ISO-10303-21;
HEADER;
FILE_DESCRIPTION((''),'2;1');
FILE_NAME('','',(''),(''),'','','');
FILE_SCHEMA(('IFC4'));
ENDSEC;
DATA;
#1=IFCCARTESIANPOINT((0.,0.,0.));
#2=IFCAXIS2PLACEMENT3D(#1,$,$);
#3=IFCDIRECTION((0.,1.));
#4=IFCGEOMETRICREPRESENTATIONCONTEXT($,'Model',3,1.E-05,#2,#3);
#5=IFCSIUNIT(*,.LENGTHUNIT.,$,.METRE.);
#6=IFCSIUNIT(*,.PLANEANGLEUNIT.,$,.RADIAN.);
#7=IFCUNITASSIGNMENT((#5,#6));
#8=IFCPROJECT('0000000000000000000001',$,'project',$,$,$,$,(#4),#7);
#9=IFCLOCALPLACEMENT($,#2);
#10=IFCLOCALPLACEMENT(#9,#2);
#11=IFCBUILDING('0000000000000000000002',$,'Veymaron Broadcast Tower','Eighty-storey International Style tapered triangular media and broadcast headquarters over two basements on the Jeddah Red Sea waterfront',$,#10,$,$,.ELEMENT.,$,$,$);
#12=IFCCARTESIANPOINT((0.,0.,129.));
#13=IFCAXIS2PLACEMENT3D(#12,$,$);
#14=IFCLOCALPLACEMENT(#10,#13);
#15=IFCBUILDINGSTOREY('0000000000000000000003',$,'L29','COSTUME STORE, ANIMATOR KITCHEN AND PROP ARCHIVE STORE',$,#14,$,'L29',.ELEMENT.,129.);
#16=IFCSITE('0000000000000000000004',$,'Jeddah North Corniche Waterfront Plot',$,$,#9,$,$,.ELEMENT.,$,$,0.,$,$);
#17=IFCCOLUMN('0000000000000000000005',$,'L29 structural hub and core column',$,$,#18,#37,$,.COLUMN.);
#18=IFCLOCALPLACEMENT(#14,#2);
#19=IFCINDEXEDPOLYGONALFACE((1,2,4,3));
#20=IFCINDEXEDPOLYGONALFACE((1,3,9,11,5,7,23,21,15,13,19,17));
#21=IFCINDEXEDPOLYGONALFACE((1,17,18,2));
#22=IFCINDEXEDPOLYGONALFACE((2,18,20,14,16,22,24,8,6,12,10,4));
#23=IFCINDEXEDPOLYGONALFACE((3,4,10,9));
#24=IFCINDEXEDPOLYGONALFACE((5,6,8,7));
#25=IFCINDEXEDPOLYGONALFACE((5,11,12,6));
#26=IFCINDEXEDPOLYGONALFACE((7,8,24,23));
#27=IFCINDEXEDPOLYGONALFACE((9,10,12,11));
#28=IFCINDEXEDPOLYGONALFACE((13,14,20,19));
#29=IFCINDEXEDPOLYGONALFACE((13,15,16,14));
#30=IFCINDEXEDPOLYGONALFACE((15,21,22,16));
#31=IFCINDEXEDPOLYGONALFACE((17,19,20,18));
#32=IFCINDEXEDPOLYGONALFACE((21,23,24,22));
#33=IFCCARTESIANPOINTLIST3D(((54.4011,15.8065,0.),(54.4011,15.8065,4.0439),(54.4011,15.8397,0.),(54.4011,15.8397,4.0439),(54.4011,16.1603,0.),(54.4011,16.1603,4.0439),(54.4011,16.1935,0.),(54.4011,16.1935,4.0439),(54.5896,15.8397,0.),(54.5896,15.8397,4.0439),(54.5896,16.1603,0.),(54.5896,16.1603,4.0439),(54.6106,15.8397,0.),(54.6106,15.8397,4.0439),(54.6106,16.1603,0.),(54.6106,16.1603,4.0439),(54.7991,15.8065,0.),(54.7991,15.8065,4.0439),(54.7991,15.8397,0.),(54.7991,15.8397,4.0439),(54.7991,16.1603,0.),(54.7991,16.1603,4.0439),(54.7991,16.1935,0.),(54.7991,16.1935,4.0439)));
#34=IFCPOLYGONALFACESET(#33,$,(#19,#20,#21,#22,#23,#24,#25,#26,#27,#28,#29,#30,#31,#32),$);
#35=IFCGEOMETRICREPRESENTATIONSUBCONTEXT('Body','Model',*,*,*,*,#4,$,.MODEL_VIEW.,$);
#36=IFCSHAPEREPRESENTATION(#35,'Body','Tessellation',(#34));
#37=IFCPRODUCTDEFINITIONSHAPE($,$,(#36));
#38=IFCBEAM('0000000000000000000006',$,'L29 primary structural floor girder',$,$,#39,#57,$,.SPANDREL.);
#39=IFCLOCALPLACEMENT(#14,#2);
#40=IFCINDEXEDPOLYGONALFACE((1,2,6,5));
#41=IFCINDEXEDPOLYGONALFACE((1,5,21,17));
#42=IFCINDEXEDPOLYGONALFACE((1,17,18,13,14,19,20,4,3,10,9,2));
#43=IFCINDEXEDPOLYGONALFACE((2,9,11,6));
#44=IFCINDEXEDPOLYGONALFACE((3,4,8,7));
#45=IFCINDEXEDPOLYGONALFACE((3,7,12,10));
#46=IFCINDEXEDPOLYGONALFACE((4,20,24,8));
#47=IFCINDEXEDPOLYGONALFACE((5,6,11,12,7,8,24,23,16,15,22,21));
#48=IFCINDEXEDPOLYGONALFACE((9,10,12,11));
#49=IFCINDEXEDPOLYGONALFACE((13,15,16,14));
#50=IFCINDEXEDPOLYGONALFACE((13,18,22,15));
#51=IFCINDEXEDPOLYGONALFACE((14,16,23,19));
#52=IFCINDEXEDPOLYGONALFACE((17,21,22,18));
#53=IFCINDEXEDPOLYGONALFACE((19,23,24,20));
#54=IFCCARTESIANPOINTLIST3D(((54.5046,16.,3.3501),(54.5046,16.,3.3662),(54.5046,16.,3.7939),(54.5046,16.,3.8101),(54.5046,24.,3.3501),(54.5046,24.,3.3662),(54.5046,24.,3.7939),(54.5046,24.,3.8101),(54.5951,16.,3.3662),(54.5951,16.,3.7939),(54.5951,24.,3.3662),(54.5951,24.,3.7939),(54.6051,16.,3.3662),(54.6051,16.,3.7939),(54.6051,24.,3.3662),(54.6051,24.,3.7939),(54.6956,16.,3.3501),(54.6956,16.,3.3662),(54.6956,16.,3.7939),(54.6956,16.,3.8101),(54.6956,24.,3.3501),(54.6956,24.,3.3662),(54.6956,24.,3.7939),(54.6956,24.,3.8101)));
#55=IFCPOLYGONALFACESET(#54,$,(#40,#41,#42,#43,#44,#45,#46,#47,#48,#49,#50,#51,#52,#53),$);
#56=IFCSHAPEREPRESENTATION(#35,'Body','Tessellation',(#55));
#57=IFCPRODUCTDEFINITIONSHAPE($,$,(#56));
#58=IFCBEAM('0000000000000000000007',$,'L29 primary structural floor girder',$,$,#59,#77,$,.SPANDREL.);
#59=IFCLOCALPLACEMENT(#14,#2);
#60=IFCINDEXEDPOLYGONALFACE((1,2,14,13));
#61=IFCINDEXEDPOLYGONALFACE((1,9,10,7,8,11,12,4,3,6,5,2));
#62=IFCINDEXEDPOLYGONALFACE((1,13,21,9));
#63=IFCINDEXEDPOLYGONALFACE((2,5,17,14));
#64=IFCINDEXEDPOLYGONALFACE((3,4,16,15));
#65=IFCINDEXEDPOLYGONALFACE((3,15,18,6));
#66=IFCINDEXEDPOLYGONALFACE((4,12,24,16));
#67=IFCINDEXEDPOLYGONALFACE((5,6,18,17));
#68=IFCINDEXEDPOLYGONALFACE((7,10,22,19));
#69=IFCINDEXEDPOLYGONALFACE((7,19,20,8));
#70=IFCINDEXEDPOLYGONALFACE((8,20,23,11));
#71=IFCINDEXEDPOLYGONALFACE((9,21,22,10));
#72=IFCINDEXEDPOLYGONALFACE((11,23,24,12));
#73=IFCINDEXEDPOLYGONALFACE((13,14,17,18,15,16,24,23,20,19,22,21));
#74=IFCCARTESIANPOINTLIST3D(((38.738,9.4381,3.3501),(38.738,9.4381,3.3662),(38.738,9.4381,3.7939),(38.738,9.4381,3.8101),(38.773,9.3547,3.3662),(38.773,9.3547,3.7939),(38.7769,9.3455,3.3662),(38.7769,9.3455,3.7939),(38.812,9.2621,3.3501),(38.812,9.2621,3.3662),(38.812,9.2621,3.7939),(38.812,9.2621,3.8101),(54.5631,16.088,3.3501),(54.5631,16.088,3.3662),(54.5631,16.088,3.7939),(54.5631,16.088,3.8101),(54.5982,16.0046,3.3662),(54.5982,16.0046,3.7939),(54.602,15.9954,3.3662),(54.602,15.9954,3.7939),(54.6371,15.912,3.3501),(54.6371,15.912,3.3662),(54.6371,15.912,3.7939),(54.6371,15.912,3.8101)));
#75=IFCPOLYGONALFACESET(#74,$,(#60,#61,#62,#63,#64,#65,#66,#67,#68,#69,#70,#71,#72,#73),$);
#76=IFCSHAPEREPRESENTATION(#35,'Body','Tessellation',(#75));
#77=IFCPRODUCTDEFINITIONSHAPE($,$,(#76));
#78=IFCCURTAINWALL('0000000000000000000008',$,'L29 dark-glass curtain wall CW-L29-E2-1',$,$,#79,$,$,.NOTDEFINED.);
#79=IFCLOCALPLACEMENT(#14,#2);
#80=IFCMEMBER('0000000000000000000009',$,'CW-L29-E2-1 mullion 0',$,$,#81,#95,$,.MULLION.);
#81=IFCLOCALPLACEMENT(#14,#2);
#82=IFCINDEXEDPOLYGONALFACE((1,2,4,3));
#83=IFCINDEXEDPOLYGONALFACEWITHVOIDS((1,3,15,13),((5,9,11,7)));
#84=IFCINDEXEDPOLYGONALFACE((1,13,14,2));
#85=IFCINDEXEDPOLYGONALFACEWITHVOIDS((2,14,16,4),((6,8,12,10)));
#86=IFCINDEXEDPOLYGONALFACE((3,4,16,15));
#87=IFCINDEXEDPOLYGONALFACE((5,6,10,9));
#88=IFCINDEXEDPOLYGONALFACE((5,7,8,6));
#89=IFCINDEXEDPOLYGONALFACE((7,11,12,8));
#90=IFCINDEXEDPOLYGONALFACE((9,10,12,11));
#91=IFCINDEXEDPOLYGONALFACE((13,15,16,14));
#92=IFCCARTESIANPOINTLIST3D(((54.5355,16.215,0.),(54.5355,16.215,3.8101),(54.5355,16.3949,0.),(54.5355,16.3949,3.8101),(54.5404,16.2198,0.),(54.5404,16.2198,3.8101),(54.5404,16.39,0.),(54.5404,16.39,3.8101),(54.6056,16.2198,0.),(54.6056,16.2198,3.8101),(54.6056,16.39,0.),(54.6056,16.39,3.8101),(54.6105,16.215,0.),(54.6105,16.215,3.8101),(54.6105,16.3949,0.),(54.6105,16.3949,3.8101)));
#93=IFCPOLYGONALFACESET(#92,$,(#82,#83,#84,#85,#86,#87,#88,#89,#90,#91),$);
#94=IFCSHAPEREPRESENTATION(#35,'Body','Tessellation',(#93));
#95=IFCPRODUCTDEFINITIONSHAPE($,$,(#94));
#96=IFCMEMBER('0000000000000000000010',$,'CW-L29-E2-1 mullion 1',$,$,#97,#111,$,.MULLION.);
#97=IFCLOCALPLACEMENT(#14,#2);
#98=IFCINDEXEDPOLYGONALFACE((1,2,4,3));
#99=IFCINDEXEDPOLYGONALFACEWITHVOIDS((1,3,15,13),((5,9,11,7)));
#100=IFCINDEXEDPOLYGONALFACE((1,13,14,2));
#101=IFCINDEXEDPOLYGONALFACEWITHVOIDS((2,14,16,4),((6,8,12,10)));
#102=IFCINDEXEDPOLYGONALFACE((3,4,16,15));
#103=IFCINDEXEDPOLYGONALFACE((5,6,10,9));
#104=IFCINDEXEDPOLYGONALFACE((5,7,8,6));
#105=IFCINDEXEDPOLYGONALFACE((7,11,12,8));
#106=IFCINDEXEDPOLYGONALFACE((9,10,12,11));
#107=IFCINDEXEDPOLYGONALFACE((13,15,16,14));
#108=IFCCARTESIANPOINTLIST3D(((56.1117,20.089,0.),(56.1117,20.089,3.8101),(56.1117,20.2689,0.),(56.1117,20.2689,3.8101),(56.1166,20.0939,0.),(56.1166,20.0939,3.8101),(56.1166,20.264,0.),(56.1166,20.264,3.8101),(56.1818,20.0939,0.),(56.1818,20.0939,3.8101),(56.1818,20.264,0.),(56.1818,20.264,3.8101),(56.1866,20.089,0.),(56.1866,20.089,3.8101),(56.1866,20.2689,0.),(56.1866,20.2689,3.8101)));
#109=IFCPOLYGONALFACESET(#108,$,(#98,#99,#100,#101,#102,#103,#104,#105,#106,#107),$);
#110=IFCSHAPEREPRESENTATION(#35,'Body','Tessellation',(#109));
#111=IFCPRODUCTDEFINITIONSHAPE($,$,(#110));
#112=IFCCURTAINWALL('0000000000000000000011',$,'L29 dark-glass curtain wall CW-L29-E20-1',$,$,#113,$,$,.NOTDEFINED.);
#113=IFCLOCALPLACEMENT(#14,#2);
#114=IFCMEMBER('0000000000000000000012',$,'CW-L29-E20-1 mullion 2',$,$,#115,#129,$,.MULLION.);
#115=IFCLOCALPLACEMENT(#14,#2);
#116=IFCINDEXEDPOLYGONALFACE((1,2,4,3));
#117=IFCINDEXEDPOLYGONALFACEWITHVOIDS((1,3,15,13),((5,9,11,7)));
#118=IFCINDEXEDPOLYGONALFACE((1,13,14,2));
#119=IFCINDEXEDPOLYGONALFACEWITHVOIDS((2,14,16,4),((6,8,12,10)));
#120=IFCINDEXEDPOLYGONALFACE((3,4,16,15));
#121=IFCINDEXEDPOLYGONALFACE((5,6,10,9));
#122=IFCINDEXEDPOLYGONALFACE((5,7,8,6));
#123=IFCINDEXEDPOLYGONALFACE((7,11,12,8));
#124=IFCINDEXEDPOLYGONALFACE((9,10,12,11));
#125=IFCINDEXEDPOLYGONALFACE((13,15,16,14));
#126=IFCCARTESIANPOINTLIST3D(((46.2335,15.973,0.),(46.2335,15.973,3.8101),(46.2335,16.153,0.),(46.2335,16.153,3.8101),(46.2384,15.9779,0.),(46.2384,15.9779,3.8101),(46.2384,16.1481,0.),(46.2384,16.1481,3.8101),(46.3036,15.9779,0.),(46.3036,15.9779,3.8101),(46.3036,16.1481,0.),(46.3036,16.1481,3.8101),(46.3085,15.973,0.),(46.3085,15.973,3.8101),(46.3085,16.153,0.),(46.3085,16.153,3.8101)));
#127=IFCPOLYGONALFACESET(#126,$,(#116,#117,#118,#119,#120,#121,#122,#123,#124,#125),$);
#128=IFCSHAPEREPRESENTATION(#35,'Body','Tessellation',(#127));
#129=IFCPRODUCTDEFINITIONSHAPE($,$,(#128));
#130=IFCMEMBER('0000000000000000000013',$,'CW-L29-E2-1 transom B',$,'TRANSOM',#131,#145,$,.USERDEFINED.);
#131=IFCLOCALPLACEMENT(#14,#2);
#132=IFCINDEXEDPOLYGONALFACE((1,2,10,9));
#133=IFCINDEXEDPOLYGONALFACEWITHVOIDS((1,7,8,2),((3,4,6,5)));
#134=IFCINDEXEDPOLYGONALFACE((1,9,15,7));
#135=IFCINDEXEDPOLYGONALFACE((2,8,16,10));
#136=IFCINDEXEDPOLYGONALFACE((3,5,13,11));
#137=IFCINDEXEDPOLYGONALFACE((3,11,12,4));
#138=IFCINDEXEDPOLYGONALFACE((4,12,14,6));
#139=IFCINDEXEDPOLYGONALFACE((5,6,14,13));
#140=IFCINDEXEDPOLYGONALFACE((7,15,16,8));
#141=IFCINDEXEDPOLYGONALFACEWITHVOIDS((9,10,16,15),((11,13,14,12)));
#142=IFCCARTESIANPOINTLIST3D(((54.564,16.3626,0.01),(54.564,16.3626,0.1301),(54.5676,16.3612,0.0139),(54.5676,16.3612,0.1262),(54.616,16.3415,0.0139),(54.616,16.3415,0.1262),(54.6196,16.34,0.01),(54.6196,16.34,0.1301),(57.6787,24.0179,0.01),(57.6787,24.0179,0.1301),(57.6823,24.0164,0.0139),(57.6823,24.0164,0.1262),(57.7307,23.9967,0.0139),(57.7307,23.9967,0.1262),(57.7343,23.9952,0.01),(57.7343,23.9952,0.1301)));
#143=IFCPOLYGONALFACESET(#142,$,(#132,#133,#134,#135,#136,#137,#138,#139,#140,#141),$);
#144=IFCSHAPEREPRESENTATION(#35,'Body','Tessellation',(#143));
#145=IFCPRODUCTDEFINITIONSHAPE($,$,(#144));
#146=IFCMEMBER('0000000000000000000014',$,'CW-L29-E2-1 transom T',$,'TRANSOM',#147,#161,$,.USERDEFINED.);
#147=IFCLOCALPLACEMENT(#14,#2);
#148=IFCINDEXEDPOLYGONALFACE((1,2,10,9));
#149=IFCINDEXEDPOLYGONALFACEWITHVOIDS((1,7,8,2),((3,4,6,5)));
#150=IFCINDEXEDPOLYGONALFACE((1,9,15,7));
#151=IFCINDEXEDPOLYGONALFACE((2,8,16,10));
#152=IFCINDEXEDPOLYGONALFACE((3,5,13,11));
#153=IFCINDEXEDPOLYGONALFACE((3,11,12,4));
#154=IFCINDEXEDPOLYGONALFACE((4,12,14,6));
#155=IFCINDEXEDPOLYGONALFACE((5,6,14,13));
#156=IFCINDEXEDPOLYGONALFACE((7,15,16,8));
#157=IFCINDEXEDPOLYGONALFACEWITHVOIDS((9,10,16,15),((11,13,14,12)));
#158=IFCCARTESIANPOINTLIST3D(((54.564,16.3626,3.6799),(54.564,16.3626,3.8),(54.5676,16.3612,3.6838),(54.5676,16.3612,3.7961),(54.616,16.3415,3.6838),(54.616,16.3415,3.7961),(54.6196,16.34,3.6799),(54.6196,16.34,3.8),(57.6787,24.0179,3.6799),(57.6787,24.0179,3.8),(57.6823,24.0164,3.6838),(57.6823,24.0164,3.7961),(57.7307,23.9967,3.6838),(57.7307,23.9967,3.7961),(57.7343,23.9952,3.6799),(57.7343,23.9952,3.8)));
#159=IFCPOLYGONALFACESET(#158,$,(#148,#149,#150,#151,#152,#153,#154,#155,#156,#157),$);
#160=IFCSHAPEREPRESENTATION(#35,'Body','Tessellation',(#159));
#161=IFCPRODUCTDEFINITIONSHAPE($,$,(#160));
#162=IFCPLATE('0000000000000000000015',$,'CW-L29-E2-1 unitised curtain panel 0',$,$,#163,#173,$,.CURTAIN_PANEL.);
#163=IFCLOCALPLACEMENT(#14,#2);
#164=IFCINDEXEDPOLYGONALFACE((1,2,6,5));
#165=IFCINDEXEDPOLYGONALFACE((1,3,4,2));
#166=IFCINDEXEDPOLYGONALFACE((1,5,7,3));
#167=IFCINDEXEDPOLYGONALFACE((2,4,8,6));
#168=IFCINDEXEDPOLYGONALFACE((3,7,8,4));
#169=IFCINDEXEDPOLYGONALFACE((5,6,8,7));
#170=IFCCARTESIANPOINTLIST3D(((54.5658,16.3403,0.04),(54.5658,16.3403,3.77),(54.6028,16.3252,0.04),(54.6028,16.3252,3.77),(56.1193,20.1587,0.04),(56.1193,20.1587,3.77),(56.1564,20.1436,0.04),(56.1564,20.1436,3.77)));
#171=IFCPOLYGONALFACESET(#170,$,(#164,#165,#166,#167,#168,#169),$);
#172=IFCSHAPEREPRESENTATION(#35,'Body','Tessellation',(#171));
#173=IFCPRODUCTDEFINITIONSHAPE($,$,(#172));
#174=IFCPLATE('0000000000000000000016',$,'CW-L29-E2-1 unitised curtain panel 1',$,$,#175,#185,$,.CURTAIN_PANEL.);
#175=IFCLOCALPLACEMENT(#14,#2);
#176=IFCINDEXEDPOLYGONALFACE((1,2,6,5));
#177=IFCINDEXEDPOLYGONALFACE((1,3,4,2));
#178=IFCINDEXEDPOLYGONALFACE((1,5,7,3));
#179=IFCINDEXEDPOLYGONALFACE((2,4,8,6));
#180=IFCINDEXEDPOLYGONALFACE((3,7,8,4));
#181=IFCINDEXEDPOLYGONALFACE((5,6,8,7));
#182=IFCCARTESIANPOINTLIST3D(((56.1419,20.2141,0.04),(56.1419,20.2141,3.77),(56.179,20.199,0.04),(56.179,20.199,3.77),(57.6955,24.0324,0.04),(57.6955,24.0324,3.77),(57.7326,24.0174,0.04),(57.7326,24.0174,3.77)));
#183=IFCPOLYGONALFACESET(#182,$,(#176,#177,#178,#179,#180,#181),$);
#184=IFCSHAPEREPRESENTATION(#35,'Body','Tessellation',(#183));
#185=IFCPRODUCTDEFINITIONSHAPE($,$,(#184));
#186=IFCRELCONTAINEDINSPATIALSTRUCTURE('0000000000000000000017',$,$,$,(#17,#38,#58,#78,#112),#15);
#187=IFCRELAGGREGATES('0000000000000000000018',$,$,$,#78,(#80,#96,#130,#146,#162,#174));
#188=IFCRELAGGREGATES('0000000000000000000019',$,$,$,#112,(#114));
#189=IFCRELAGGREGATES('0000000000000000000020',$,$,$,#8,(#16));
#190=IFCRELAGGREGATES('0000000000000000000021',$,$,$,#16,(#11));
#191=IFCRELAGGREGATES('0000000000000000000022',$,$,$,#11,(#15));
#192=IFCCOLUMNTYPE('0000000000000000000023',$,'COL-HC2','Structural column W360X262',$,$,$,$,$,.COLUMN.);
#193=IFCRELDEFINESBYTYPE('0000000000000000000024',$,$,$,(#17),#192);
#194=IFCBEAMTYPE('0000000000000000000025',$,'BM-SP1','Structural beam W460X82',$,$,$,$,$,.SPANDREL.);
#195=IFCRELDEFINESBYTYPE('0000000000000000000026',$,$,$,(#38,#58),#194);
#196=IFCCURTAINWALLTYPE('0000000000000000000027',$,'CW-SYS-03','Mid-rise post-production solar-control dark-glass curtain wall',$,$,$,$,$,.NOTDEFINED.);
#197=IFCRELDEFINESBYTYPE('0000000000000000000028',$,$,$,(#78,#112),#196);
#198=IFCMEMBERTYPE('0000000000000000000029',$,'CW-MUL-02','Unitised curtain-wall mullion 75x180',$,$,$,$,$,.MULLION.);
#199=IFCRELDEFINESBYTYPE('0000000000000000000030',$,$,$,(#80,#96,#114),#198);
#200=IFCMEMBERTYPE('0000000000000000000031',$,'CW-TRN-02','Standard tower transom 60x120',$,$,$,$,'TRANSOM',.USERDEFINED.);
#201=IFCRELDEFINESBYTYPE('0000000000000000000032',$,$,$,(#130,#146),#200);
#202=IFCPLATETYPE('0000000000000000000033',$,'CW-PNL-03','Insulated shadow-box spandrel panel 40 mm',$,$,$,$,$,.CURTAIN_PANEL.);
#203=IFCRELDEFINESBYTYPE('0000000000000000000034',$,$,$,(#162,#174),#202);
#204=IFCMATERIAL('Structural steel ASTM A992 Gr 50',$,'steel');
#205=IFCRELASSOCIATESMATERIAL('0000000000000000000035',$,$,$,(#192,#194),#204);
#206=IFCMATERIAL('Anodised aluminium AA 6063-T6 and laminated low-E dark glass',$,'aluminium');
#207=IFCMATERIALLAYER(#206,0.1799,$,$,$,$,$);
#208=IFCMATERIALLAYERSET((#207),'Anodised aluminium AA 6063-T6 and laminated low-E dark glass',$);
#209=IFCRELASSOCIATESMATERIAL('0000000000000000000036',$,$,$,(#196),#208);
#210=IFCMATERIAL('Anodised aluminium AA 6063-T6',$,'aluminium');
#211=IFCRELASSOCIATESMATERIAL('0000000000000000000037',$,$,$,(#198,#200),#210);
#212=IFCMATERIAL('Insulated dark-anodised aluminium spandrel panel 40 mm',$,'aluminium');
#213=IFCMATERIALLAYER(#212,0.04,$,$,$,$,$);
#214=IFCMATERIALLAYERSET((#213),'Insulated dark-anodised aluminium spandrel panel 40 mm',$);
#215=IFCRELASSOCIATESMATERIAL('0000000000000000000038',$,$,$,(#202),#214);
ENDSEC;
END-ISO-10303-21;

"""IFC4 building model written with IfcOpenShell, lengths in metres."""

from ifc_helpers import new_model, si_unit, direction, frame, origin, origin_2d, place, context, subcontext, project, spatial, rectangle, hollow_rectangle, i_section, extrude, material, layer, layer_set, material_profile, profile_set, type_object, element, aggregate, save


model = new_model("IFC4")

# Units and contexts
model_context = context("Model", 3, precision=1e-05, world=origin(), true_north=direction((0.0, 1.0)))
body_context = subcontext(model_context, "Body", "Model", "MODEL_VIEW")
ifc_project = project(units=[si_unit("LENGTHUNIT", "METRE"), si_unit("PLANEANGLEUNIT", "RADIAN")], contexts=[model_context])

# Site, building, storey
site_placement = place(None, origin())
site = spatial("IfcSite", under=ifc_project, at=site_placement, Name="Jeddah North Corniche Waterfront Plot", CompositionType="ELEMENT", RefElevation=0.0)
building_placement = place(site_placement, origin())
building = spatial("IfcBuilding", under=site, at=building_placement, Name="Veymaron Broadcast Tower", Description="Eighty-storey International Style tapered triangular media and broadcast headquarters over two basements on the Jeddah Red Sea waterfront", CompositionType="ELEMENT")
storey_placement = place(building_placement, frame((0.0, 0.0, 129.0)))
storey = spatial("IfcBuildingStorey", under=building, at=storey_placement, Name="L29", Description="COSTUME STORE, ANIMATOR KITCHEN AND PROP ARCHIVE STORE", LongName="L29", CompositionType="ELEMENT", Elevation=129.0)

# Column
ifc_material_1 = material(Name="Structural steel ASTM A992 Gr 50", Category="steel")
ifc_material_profile_1 = material_profile(ifc_material_1, i_section(OverallWidth=0.3979, OverallDepth=0.387, WebThickness=0.021, FlangeThickness=0.0332, at=origin_2d()), Name="W360X262")
ifc_profile_set_1 = profile_set([ifc_material_profile_1], Name="Structural steel ASTM A992 Gr 50")
column_type = type_object("IfcColumnType", Name="COL-HC2", Description="Structural column W360X262", PredefinedType="COLUMN", material=ifc_profile_set_1)
column_placement = place(storey_placement, frame((54.6001, 16.0, 0.0), z_axis=(0.0, 0.0, 1.0), x_axis=(1.0, 0.0, 0.0)))
element("IfcColumn", 1, at=column_placement, inside=storey, type_object=column_type, Name="L29 structural hub and core column", PredefinedType="COLUMN", context=body_context, shape_type="SweptSolid", body=[
    extrude(i_section(OverallWidth=0.3979, OverallDepth=0.387, WebThickness=0.021, FlangeThickness=0.0332, at=origin_2d()), origin(), (0.0, 0.0, 1.0), 4.0439),
])

# Beams
ifc_material_profile_2 = material_profile(ifc_material_1, i_section(OverallWidth=0.1909, OverallDepth=0.46, WebThickness=0.01, FlangeThickness=0.0161, at=origin_2d()), Name="W460X82")
ifc_profile_set_2 = profile_set([ifc_material_profile_2], Name="Structural steel ASTM A992 Gr 50")
beam_type = type_object("IfcBeamType", Name="BM-SP1", Description="Structural beam W460X82", PredefinedType="SPANDREL", material=ifc_profile_set_2)
beam_1_placement = place(storey_placement, frame((54.6001, 16.0, 3.5801), z_axis=(0.0, 1.0, 0.0), x_axis=(-1.0, 0.0, 0.0)))
element("IfcBeam", 2, at=beam_1_placement, inside=storey, type_object=beam_type, Name="L29 primary structural floor girder", PredefinedType="SPANDREL", context=body_context, shape_type="SweptSolid", body=[
    extrude(i_section(OverallWidth=0.1909, OverallDepth=0.46, WebThickness=0.01, FlangeThickness=0.0161, at=origin_2d()), origin(), (0.0, 0.0, 1.0), 8.0),
])
beam_2_placement = place(storey_placement, frame((54.6001, 16.0, 3.5801), z_axis=(-0.921913, -0.387397, 0.0), x_axis=(0.387397, -0.921913, 0.0)))
element("IfcBeam", 3, at=beam_2_placement, inside=storey, type_object=beam_type, Name="L29 primary structural floor girder", PredefinedType="SPANDREL", context=body_context, shape_type="SweptSolid", body=[
    extrude(i_section(OverallWidth=0.1909, OverallDepth=0.46, WebThickness=0.01, FlangeThickness=0.0161, at=origin_2d()), origin(), (0.0, 0.0, 1.0), 17.1655),
])

# Curtain wall, members
ifc_material_2 = material(Name="Anodised aluminium AA 6063-T6 and laminated low-E dark glass", Category="aluminium")
ifc_layer_1 = layer(ifc_material_2, 0.1799)
ifc_layer_set_1 = layer_set([ifc_layer_1], Name="Anodised aluminium AA 6063-T6 and laminated low-E dark glass")
curtain_wall_type = type_object("IfcCurtainWallType", Name="CW-SYS-03", Description="Mid-rise post-production solar-control dark-glass curtain wall", PredefinedType="NOTDEFINED", material=ifc_layer_set_1)
curtain_wall_1_placement = place(storey_placement, origin())
curtain_wall_1 = element("IfcCurtainWall", 4, at=curtain_wall_1_placement, inside=storey, type_object=curtain_wall_type, Name="L29 dark-glass curtain wall CW-L29-E2-1", PredefinedType="NOTDEFINED")
ifc_material_3 = material(Name="Anodised aluminium AA 6063-T6", Category="aluminium")
ifc_material_profile_3 = material_profile(ifc_material_3, hollow_rectangle(XDim=0.075, YDim=0.1799, WallThickness=0.0049, at=origin_2d()), Name="AL180X75X5")
ifc_profile_set_3 = profile_set([ifc_material_profile_3], Name="Anodised aluminium AA 6063-T6")
member_type_1 = type_object("IfcMemberType", Name="CW-MUL-02", Description="Unitised curtain-wall mullion 75x180", PredefinedType="MULLION", material=ifc_profile_set_3)
member_1_placement = place(storey_placement, frame((54.573, 16.3049, 0.0), z_axis=(0.0, 0.0, 1.0), x_axis=(1.0, 0.0, 0.0)))
member_1 = element("IfcMember", 5, at=member_1_placement, type_object=member_type_1, Name="CW-L29-E2-1 mullion 0", PredefinedType="MULLION", context=body_context, shape_type="SweptSolid", body=[
    extrude(hollow_rectangle(XDim=0.075, YDim=0.1799, WallThickness=0.0049, at=origin_2d()), origin(), (0.0, 0.0, 1.0), 3.8101),
])
member_2_placement = place(storey_placement, frame((56.1492, 20.179, 0.0), z_axis=(0.0, 0.0, 1.0), x_axis=(1.0, 0.0, 0.0)))
member_2 = element("IfcMember", 6, at=member_2_placement, type_object=member_type_1, Name="CW-L29-E2-1 mullion 1", PredefinedType="MULLION", context=body_context, shape_type="SweptSolid", body=[
    extrude(hollow_rectangle(XDim=0.075, YDim=0.1799, WallThickness=0.0049, at=origin_2d()), origin(), (0.0, 0.0, 1.0), 3.8101),
])

# Curtain wall, member
curtain_wall_2_placement = place(storey_placement, origin())
curtain_wall_2 = element("IfcCurtainWall", 7, at=curtain_wall_2_placement, inside=storey, type_object=curtain_wall_type, Name="L29 dark-glass curtain wall CW-L29-E20-1", PredefinedType="NOTDEFINED")
member_3_placement = place(storey_placement, frame((46.271, 16.063, 0.0), z_axis=(0.0, 0.0, 1.0), x_axis=(1.0, 0.0, 0.0)))
member_3 = element("IfcMember", 8, at=member_3_placement, type_object=member_type_1, Name="CW-L29-E20-1 mullion 2", PredefinedType="MULLION", context=body_context, shape_type="SweptSolid", body=[
    extrude(hollow_rectangle(XDim=0.075, YDim=0.1799, WallThickness=0.0049, at=origin_2d()), origin(), (0.0, 0.0, 1.0), 3.8101),
])

# Members
ifc_material_profile_4 = material_profile(ifc_material_3, hollow_rectangle(XDim=0.0601, YDim=0.1201, WallThickness=0.0039, at=origin_2d()), Name="AL120X60X4")
ifc_profile_set_4 = profile_set([ifc_material_profile_4], Name="Anodised aluminium AA 6063-T6")
member_type_2 = type_object("IfcMemberType", Name="CW-TRN-02", Description="Standard tower transom 60x120", ElementType="TRANSOM", PredefinedType="USERDEFINED", material=ifc_profile_set_4)
member_4_placement = place(storey_placement, frame((54.5918, 16.3513, 0.0701), z_axis=(0.376875, 0.926264, 0.0), x_axis=(-0.926264, 0.376875, 0.0)))
member_4 = element("IfcMember", 9, at=member_4_placement, type_object=member_type_2, Name="CW-L29-E2-1 transom B", ObjectType="TRANSOM", PredefinedType="USERDEFINED", context=body_context, shape_type="SweptSolid", body=[
    extrude(hollow_rectangle(XDim=0.0601, YDim=0.1201, WallThickness=0.0039, at=origin_2d()), origin(), (0.0, 0.0, 1.0), 8.2646),
])
member_5_placement = place(storey_placement, frame((54.5918, 16.3513, 3.74), z_axis=(0.376875, 0.926264, 0.0), x_axis=(-0.926264, 0.376875, 0.0)))
member_5 = element("IfcMember", 10, at=member_5_placement, type_object=member_type_2, Name="CW-L29-E2-1 transom T", ObjectType="TRANSOM", PredefinedType="USERDEFINED", context=body_context, shape_type="SweptSolid", body=[
    extrude(hollow_rectangle(XDim=0.0601, YDim=0.1201, WallThickness=0.0039, at=origin_2d()), origin(), (0.0, 0.0, 1.0), 8.2646),
])

# Plates
ifc_material_4 = material(Name="Insulated dark-anodised aluminium spandrel panel 40 mm", Category="aluminium")
ifc_layer_2 = layer(ifc_material_4, 0.04)
ifc_layer_set_2 = layer_set([ifc_layer_2], Name="Insulated dark-anodised aluminium spandrel panel 40 mm")
plate_type = type_object("IfcPlateType", Name="CW-PNL-03", Description="Insulated shadow-box spandrel panel 40 mm", PredefinedType="CURTAIN_PANEL", material=ifc_layer_set_2)
plate_1_placement = place(storey_placement, frame((55.3611, 18.2419, 0.04), z_axis=(0.0, 0.0, 1.0), x_axis=(0.376871, 0.926266, 0.0)))
plate_1 = element("IfcPlate", 11, at=plate_1_placement, type_object=plate_type, Name="CW-L29-E2-1 unitised curtain panel 0", PredefinedType="CURTAIN_PANEL", context=body_context, shape_type="SweptSolid", body=[
    extrude(rectangle(XDim=4.1223, YDim=0.04, at=origin_2d()), origin(), (0.0, 0.0, 1.0), 3.73),
])
plate_2_placement = place(storey_placement, frame((56.9373, 22.1157, 0.04), z_axis=(0.0, 0.0, 1.0), x_axis=(0.376871, 0.926266, 0.0)))
plate_2 = element("IfcPlate", 12, at=plate_2_placement, type_object=plate_type, Name="CW-L29-E2-1 unitised curtain panel 1", PredefinedType="CURTAIN_PANEL", context=body_context, shape_type="SweptSolid", body=[
    extrude(rectangle(XDim=4.1223, YDim=0.04, at=origin_2d()), origin(), (0.0, 0.0, 1.0), 3.73),
])
aggregate(curtain_wall_1, [member_1, member_2, member_4, member_5, plate_1, plate_2])
aggregate(curtain_wall_2, [member_3])

save(model, "model.ifc")
